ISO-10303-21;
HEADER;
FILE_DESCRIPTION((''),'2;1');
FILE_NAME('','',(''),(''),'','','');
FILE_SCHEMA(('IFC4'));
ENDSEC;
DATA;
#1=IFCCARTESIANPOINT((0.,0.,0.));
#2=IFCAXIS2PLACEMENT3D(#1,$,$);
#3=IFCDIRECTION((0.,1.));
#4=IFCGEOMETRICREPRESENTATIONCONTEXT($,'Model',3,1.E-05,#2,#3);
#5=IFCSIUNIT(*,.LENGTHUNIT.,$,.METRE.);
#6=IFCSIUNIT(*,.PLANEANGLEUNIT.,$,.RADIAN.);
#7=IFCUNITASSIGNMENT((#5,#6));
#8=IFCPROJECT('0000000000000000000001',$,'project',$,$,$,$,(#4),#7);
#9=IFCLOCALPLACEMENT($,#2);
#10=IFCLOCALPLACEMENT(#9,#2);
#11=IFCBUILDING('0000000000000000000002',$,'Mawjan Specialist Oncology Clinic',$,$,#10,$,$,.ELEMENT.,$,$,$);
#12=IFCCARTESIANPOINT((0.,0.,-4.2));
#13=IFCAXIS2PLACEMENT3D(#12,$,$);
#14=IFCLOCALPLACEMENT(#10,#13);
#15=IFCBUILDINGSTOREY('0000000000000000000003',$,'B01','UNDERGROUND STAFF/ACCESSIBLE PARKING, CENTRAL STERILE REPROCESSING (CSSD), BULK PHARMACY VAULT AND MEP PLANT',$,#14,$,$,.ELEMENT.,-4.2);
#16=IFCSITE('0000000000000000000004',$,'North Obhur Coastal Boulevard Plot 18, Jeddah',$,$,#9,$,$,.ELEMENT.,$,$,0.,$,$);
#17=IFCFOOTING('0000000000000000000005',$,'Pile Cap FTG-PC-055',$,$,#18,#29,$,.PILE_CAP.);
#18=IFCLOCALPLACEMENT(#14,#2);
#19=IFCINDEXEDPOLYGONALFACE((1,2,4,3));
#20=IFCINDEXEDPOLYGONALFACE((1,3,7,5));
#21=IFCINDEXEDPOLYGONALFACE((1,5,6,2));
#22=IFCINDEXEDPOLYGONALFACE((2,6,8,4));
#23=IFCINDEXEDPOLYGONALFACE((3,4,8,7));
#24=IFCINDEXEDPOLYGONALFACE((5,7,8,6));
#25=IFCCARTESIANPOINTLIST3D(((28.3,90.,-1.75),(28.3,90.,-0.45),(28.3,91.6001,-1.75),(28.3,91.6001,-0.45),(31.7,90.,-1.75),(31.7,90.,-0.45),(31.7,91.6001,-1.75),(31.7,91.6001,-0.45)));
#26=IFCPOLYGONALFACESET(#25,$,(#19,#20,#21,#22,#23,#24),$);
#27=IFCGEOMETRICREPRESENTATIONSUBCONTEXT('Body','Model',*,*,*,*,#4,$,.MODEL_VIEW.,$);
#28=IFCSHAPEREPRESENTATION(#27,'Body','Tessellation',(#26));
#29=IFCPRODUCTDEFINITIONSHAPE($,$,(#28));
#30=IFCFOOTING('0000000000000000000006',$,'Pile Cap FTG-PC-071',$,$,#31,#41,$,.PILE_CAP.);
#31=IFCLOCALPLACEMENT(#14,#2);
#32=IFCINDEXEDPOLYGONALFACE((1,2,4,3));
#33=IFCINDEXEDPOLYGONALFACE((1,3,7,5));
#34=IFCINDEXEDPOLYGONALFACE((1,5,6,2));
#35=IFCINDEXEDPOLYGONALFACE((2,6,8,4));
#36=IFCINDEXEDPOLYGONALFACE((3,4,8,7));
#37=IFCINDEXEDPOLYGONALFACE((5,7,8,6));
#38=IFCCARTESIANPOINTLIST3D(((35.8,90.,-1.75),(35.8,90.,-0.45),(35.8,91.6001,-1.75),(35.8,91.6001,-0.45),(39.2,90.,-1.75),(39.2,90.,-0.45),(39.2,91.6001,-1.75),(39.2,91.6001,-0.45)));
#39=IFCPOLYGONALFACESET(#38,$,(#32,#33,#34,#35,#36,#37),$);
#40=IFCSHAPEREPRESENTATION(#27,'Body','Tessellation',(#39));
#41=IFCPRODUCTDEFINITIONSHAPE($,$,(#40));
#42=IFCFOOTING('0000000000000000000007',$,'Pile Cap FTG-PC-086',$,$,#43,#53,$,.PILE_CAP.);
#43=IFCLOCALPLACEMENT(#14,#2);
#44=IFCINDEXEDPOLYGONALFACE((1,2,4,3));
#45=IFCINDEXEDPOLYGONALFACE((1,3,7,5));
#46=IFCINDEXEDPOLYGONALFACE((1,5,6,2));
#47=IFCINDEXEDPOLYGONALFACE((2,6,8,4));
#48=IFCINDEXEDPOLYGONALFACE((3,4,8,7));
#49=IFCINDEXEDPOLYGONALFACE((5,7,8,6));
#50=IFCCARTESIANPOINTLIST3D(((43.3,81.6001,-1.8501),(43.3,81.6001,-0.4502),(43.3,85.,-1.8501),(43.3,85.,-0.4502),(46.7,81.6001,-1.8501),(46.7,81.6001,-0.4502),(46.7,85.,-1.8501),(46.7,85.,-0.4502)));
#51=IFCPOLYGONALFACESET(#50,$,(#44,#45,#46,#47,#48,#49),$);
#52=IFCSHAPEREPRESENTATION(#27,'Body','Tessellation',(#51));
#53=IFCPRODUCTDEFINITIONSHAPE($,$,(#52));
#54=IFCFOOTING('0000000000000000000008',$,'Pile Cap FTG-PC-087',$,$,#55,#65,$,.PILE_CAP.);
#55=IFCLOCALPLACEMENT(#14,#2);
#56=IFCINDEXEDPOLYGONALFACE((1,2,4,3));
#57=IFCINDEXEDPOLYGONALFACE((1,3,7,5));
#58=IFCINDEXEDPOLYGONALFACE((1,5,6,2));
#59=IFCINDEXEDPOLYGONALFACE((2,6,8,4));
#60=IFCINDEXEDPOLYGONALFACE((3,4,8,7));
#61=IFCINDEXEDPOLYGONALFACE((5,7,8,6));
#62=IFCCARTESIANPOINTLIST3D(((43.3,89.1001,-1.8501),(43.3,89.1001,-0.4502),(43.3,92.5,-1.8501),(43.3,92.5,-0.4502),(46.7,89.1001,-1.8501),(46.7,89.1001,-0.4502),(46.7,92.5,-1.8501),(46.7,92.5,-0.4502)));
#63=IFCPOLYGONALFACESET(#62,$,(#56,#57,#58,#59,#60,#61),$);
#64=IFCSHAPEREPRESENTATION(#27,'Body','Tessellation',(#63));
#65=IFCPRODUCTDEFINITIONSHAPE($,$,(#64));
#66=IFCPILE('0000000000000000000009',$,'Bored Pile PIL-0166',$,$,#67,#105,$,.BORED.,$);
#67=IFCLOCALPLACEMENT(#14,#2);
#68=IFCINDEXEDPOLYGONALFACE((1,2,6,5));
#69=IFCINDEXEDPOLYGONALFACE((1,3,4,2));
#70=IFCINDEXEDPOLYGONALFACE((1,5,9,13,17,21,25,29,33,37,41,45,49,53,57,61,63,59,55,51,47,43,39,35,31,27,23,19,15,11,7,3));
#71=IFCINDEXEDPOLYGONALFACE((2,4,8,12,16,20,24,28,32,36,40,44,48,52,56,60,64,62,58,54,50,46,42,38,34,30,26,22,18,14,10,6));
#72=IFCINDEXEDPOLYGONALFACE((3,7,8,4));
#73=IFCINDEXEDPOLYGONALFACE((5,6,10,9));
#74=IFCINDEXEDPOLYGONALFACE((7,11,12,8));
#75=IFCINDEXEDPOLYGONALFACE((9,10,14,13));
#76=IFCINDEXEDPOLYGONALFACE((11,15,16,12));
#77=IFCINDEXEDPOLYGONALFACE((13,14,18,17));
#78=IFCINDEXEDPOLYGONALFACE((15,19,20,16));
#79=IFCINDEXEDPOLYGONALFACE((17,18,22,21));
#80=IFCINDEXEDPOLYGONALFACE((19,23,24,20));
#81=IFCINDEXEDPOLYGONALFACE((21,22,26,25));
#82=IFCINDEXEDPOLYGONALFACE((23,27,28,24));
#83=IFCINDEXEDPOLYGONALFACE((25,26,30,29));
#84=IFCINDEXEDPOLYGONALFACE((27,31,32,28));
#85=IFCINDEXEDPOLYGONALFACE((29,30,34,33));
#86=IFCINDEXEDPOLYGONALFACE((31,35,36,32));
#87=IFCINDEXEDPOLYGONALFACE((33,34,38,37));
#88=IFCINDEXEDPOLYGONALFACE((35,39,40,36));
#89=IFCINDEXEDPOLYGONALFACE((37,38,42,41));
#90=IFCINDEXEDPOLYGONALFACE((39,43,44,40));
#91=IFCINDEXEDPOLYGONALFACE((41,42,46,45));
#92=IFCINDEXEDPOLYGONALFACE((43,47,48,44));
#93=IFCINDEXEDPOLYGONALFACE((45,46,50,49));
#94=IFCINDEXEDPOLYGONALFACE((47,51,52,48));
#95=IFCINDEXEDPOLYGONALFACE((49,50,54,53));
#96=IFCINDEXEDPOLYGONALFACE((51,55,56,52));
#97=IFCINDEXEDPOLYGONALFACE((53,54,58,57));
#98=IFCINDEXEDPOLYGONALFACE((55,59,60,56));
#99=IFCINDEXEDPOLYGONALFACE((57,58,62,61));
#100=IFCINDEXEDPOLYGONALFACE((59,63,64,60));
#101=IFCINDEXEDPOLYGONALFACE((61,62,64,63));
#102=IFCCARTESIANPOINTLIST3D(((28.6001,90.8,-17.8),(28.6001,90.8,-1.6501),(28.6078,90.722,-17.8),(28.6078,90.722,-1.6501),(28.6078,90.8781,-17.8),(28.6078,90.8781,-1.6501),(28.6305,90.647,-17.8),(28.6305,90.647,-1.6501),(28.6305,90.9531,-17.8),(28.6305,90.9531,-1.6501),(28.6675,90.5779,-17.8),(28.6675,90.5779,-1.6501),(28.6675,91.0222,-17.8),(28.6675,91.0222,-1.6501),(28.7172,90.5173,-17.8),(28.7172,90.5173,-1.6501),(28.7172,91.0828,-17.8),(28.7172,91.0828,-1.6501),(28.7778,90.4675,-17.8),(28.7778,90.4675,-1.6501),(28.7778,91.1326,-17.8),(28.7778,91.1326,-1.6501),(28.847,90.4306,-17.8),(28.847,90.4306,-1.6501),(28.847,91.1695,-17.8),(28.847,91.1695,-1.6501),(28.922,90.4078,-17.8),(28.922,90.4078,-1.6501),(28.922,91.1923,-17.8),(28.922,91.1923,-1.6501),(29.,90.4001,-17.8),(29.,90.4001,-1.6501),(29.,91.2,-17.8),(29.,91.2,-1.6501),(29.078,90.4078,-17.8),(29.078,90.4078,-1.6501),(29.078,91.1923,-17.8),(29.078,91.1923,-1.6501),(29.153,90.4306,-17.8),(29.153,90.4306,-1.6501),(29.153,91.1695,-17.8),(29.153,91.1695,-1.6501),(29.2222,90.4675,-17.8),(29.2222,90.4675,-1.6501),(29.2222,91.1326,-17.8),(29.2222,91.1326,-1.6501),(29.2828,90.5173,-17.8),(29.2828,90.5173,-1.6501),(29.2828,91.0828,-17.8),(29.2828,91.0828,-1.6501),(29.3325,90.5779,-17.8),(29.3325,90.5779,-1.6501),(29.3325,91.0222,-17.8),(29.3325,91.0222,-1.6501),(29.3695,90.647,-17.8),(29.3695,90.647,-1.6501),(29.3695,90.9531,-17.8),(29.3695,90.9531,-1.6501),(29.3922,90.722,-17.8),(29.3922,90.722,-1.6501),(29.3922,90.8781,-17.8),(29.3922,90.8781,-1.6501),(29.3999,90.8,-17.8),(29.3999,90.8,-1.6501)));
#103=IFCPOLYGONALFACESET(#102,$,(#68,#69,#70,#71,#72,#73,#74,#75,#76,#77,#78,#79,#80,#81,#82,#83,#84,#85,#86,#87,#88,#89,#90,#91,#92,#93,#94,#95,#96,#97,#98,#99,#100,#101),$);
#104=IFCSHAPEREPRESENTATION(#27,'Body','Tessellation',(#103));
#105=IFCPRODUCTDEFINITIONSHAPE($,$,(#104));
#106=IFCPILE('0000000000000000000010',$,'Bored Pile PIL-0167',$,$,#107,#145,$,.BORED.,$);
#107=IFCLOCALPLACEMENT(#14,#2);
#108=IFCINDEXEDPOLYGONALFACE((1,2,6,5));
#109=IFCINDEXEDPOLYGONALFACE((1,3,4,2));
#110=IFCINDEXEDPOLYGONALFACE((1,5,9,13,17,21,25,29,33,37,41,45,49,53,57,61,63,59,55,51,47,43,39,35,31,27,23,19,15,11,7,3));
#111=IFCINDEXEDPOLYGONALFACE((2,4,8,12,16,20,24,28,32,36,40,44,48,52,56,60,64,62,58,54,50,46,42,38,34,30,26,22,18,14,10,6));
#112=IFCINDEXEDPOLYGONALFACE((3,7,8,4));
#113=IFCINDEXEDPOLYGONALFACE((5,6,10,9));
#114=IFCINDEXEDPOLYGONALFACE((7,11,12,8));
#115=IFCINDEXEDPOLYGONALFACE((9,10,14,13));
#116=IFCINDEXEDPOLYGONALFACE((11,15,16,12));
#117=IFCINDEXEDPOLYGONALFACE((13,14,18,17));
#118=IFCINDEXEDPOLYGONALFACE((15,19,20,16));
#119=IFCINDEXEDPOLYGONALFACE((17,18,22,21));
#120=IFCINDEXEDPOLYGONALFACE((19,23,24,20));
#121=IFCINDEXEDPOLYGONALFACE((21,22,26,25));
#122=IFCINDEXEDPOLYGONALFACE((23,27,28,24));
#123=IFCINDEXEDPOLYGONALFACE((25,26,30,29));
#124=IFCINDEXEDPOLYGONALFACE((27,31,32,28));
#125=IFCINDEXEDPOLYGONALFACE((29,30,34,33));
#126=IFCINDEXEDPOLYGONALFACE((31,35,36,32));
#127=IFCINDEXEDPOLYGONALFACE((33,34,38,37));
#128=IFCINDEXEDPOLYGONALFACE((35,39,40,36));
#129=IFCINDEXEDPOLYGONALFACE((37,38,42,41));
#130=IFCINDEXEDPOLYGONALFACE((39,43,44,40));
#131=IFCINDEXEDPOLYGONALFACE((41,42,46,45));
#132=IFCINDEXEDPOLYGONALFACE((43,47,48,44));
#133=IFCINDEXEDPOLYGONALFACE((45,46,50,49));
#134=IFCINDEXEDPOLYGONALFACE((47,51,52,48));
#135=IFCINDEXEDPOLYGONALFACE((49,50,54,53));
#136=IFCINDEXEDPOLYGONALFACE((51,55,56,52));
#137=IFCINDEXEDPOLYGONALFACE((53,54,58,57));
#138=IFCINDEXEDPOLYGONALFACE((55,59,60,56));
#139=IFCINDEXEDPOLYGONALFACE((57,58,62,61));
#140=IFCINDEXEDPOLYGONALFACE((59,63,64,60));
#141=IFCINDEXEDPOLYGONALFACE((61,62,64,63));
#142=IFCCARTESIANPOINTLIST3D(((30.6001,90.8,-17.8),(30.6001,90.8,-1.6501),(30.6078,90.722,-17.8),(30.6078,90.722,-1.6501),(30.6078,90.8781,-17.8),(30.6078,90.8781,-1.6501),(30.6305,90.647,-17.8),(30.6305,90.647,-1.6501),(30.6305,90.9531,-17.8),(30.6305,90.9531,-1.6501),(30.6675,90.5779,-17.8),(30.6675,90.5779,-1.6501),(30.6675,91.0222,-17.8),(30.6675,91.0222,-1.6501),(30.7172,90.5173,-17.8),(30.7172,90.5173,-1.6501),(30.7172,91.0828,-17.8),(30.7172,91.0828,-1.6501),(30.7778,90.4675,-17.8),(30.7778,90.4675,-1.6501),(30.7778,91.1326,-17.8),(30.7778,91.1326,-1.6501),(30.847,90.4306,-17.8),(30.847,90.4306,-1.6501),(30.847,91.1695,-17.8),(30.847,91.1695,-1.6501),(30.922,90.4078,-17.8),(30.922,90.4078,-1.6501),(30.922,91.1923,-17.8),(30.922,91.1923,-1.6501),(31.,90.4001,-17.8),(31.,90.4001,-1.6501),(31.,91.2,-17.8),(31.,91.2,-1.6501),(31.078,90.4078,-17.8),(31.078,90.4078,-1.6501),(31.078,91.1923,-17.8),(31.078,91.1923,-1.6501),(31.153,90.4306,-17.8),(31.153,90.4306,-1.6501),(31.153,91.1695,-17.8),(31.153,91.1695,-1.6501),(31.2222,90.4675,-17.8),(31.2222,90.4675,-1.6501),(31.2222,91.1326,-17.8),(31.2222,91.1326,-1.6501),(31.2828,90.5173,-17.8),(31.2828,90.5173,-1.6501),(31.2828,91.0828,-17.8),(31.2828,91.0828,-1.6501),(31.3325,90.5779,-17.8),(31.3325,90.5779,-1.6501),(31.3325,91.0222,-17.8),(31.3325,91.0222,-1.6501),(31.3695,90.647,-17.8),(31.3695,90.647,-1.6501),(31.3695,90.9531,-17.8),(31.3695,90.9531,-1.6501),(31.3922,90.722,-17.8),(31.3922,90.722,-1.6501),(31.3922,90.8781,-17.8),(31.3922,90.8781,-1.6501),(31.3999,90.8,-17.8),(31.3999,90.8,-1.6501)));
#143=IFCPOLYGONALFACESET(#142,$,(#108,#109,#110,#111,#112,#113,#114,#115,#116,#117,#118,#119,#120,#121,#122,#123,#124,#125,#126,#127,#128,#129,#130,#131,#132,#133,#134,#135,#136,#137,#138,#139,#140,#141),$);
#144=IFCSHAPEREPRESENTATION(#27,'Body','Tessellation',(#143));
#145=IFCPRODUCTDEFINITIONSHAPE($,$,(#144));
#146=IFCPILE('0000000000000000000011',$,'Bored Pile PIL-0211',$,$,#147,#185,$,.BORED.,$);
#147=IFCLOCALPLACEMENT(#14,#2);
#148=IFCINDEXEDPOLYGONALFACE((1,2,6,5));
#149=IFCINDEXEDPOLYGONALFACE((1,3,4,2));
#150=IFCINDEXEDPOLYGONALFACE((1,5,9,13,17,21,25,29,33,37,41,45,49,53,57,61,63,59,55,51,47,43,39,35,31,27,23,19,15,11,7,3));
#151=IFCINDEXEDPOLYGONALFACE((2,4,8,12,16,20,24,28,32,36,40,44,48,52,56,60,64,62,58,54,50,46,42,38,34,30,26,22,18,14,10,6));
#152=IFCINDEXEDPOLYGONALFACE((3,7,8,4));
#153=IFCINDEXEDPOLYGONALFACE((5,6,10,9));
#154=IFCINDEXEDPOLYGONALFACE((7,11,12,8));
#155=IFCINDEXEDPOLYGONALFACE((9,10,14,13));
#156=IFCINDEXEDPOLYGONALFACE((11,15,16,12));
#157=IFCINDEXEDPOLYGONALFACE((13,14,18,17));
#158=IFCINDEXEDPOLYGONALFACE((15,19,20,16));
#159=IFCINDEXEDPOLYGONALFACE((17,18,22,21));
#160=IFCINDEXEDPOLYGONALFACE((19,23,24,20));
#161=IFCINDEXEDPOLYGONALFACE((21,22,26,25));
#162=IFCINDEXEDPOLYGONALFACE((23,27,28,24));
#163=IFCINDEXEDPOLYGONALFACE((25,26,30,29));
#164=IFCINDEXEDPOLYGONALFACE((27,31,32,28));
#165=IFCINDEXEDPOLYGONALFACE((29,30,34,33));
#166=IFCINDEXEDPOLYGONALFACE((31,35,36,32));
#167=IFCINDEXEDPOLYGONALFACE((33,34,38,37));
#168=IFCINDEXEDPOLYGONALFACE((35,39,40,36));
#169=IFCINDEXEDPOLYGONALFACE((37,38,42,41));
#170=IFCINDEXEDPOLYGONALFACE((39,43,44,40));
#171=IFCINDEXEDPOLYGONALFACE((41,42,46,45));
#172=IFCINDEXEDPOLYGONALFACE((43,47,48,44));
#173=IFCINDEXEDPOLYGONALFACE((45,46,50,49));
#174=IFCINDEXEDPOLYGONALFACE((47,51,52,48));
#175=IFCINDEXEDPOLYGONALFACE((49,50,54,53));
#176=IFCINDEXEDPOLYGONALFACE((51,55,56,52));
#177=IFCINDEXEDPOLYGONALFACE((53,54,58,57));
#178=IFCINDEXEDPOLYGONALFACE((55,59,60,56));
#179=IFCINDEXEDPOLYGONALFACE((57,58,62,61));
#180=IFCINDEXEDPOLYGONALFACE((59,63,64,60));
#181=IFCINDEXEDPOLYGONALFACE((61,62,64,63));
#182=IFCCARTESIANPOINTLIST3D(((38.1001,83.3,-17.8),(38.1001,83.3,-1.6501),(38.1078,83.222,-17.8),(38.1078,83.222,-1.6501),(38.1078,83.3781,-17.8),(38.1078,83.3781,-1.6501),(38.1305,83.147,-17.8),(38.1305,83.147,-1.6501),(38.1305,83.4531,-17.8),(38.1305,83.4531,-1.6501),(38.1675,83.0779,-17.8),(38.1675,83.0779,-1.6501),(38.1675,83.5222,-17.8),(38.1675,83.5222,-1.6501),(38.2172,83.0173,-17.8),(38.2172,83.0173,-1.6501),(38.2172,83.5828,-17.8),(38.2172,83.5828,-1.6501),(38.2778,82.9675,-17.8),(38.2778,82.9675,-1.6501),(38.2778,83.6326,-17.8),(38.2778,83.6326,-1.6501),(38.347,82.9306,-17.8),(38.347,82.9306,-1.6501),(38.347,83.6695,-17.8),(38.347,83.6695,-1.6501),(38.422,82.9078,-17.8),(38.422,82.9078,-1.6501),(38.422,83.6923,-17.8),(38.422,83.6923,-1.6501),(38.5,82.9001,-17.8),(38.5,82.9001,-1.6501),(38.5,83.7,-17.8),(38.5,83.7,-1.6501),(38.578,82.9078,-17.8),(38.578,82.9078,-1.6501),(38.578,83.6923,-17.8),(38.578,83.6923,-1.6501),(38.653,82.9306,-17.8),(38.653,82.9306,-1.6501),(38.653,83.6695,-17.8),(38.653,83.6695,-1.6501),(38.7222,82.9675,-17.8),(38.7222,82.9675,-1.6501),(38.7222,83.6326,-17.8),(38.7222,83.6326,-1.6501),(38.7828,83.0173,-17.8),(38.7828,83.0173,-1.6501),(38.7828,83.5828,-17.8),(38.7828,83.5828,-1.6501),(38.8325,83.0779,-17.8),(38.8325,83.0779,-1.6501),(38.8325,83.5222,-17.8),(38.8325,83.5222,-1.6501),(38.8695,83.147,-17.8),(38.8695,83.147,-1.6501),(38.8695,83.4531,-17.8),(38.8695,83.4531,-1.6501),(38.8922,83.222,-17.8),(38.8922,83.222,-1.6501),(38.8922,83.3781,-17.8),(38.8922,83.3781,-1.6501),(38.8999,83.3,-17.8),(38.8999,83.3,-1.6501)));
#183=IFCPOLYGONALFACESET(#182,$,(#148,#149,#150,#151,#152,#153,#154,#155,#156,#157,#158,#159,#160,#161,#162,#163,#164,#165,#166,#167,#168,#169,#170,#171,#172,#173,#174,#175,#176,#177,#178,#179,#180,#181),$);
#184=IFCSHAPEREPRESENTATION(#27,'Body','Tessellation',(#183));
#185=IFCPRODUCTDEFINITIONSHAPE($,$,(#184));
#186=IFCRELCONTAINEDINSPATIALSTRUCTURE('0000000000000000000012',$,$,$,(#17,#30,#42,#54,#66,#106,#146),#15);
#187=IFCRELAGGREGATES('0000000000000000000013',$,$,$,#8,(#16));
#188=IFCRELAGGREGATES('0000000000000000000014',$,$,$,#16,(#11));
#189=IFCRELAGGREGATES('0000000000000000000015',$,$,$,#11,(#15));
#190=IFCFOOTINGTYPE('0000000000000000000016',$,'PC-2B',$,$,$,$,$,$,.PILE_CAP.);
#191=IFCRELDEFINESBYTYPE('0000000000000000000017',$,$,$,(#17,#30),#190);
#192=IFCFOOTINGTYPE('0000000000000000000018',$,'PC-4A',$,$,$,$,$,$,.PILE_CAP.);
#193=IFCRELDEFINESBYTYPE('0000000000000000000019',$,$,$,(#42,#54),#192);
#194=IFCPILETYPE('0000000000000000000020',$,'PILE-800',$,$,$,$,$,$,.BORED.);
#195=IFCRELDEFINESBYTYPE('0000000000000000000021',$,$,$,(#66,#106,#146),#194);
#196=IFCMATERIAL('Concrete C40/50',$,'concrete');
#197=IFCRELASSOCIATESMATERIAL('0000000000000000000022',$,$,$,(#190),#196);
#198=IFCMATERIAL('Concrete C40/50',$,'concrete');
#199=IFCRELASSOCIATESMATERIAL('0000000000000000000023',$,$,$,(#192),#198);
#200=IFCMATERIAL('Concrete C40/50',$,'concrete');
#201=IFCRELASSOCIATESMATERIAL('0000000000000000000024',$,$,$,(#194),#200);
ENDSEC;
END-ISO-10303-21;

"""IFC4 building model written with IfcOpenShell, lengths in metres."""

from ifc_helpers import new_model, si_unit, direction, frame, origin, origin_2d, place, context, subcontext, project, spatial, rectangle, circle, extrude, material, material_profile, profile_set, type_object, element, save


model = new_model("IFC4")

# Units and contexts
model_context = context("Model", 3, precision=1e-05, world=origin(), true_north=direction((0.0, 1.0)))
body_context = subcontext(model_context, "Body", "Model", "MODEL_VIEW")
ifc_project = project(units=[si_unit("LENGTHUNIT", "METRE"), si_unit("PLANEANGLEUNIT", "RADIAN")], contexts=[model_context])

# Site, building, storey
site_placement = place(None, origin())
site = spatial("IfcSite", under=ifc_project, at=site_placement, Name="North Obhur Coastal Boulevard Plot 18, Jeddah", CompositionType="ELEMENT", RefElevation=0.0)
building_placement = place(site_placement, origin())
building = spatial("IfcBuilding", under=site, at=building_placement, Name="Mawjan Specialist Oncology Clinic", CompositionType="ELEMENT")
storey_placement = place(building_placement, frame((0.0, 0.0, -4.2)))
storey = spatial("IfcBuildingStorey", under=building, at=storey_placement, Name="B01", Description="UNDERGROUND STAFF/ACCESSIBLE PARKING, CENTRAL STERILE REPROCESSING (CSSD), BULK PHARMACY VAULT AND MEP PLANT", CompositionType="ELEMENT", Elevation=-4.2)

# Footings
ifc_material_1 = material(Name="Concrete C40/50", Category="concrete")
footing_type_1 = type_object("IfcFootingType", Name="PC-2B", PredefinedType="PILE_CAP", material=ifc_material_1)
for number, where, z_axis, x_axis, name in (
    (1, (30.0, 90.8, -1.75), (0.0, 0.0, 1.0), (1.0, 0.0, 0.0), "Pile Cap FTG-PC-055"),
    (2, (37.5, 90.8, -1.75), (0.0, 0.0, 1.0), (1.0, 0.0, 0.0), "Pile Cap FTG-PC-071"),
):
    element("IfcFooting", number, at=place(storey_placement, frame(where, z_axis=z_axis, x_axis=x_axis)), inside=storey, type_object=footing_type_1, Name=name, PredefinedType="PILE_CAP", context=body_context, shape_type="SweptSolid", body=[
        extrude(rectangle(XDim=3.3999, YDim=1.6001, at=origin_2d()), origin(), (0.0, 0.0, 1.0), 1.3),
    ])
ifc_material_2 = material(Name="Concrete C40/50", Category="concrete")
footing_type_2 = type_object("IfcFootingType", Name="PC-4A", PredefinedType="PILE_CAP", material=ifc_material_2)
for number, where, z_axis, x_axis, name in (
    (3, (45.0, 83.3, -1.8501), (0.0, 0.0, 1.0), (1.0, 0.0, 0.0), "Pile Cap FTG-PC-086"),
    (4, (45.0, 90.8, -1.8501), (0.0, 0.0, 1.0), (1.0, 0.0, 0.0), "Pile Cap FTG-PC-087"),
):
    element("IfcFooting", number, at=place(storey_placement, frame(where, z_axis=z_axis, x_axis=x_axis)), inside=storey, type_object=footing_type_2, Name=name, PredefinedType="PILE_CAP", context=body_context, shape_type="SweptSolid", body=[
        extrude(rectangle(XDim=3.3999, YDim=3.3999, at=origin_2d()), origin(), (0.0, 0.0, 1.0), 1.3999),
    ])

# Piles
ifc_material_3 = material(Name="Concrete C40/50", Category="concrete")
ifc_material_profile_1 = material_profile(ifc_material_3, circle(Radius=0.3999, at=origin_2d()), Name="BORED PILE D800", Category="concrete")
ifc_profile_set_1 = profile_set([ifc_material_profile_1], Name="Concrete C40/50")
pile_type = type_object("IfcPileType", Name="PILE-800", PredefinedType="BORED", material=ifc_profile_set_1)
for number, where, z_axis, x_axis, name in (
    (5, (29.0, 90.8, -1.6501), (0.0, 0.0, -1.0), (1.0, 0.0, 0.0), "Bored Pile PIL-0166"),
    (6, (31.0, 90.8, -1.6501), (0.0, 0.0, -1.0), (1.0, 0.0, 0.0), "Bored Pile PIL-0167"),
    (7, (38.5, 83.3, -1.6501), (0.0, 0.0, -1.0), (1.0, 0.0, 0.0), "Bored Pile PIL-0211"),
):
    element("IfcPile", number, at=place(storey_placement, frame(where, z_axis=z_axis, x_axis=x_axis)), inside=storey, type_object=pile_type, Name=name, PredefinedType="BORED", context=body_context, shape_type="SweptSolid", body=[
        extrude(circle(Radius=0.3999, at=origin_2d()), origin(), (0.0, 0.0, 1.0), 16.1499),
    ])

save(model, "model.ifc")
